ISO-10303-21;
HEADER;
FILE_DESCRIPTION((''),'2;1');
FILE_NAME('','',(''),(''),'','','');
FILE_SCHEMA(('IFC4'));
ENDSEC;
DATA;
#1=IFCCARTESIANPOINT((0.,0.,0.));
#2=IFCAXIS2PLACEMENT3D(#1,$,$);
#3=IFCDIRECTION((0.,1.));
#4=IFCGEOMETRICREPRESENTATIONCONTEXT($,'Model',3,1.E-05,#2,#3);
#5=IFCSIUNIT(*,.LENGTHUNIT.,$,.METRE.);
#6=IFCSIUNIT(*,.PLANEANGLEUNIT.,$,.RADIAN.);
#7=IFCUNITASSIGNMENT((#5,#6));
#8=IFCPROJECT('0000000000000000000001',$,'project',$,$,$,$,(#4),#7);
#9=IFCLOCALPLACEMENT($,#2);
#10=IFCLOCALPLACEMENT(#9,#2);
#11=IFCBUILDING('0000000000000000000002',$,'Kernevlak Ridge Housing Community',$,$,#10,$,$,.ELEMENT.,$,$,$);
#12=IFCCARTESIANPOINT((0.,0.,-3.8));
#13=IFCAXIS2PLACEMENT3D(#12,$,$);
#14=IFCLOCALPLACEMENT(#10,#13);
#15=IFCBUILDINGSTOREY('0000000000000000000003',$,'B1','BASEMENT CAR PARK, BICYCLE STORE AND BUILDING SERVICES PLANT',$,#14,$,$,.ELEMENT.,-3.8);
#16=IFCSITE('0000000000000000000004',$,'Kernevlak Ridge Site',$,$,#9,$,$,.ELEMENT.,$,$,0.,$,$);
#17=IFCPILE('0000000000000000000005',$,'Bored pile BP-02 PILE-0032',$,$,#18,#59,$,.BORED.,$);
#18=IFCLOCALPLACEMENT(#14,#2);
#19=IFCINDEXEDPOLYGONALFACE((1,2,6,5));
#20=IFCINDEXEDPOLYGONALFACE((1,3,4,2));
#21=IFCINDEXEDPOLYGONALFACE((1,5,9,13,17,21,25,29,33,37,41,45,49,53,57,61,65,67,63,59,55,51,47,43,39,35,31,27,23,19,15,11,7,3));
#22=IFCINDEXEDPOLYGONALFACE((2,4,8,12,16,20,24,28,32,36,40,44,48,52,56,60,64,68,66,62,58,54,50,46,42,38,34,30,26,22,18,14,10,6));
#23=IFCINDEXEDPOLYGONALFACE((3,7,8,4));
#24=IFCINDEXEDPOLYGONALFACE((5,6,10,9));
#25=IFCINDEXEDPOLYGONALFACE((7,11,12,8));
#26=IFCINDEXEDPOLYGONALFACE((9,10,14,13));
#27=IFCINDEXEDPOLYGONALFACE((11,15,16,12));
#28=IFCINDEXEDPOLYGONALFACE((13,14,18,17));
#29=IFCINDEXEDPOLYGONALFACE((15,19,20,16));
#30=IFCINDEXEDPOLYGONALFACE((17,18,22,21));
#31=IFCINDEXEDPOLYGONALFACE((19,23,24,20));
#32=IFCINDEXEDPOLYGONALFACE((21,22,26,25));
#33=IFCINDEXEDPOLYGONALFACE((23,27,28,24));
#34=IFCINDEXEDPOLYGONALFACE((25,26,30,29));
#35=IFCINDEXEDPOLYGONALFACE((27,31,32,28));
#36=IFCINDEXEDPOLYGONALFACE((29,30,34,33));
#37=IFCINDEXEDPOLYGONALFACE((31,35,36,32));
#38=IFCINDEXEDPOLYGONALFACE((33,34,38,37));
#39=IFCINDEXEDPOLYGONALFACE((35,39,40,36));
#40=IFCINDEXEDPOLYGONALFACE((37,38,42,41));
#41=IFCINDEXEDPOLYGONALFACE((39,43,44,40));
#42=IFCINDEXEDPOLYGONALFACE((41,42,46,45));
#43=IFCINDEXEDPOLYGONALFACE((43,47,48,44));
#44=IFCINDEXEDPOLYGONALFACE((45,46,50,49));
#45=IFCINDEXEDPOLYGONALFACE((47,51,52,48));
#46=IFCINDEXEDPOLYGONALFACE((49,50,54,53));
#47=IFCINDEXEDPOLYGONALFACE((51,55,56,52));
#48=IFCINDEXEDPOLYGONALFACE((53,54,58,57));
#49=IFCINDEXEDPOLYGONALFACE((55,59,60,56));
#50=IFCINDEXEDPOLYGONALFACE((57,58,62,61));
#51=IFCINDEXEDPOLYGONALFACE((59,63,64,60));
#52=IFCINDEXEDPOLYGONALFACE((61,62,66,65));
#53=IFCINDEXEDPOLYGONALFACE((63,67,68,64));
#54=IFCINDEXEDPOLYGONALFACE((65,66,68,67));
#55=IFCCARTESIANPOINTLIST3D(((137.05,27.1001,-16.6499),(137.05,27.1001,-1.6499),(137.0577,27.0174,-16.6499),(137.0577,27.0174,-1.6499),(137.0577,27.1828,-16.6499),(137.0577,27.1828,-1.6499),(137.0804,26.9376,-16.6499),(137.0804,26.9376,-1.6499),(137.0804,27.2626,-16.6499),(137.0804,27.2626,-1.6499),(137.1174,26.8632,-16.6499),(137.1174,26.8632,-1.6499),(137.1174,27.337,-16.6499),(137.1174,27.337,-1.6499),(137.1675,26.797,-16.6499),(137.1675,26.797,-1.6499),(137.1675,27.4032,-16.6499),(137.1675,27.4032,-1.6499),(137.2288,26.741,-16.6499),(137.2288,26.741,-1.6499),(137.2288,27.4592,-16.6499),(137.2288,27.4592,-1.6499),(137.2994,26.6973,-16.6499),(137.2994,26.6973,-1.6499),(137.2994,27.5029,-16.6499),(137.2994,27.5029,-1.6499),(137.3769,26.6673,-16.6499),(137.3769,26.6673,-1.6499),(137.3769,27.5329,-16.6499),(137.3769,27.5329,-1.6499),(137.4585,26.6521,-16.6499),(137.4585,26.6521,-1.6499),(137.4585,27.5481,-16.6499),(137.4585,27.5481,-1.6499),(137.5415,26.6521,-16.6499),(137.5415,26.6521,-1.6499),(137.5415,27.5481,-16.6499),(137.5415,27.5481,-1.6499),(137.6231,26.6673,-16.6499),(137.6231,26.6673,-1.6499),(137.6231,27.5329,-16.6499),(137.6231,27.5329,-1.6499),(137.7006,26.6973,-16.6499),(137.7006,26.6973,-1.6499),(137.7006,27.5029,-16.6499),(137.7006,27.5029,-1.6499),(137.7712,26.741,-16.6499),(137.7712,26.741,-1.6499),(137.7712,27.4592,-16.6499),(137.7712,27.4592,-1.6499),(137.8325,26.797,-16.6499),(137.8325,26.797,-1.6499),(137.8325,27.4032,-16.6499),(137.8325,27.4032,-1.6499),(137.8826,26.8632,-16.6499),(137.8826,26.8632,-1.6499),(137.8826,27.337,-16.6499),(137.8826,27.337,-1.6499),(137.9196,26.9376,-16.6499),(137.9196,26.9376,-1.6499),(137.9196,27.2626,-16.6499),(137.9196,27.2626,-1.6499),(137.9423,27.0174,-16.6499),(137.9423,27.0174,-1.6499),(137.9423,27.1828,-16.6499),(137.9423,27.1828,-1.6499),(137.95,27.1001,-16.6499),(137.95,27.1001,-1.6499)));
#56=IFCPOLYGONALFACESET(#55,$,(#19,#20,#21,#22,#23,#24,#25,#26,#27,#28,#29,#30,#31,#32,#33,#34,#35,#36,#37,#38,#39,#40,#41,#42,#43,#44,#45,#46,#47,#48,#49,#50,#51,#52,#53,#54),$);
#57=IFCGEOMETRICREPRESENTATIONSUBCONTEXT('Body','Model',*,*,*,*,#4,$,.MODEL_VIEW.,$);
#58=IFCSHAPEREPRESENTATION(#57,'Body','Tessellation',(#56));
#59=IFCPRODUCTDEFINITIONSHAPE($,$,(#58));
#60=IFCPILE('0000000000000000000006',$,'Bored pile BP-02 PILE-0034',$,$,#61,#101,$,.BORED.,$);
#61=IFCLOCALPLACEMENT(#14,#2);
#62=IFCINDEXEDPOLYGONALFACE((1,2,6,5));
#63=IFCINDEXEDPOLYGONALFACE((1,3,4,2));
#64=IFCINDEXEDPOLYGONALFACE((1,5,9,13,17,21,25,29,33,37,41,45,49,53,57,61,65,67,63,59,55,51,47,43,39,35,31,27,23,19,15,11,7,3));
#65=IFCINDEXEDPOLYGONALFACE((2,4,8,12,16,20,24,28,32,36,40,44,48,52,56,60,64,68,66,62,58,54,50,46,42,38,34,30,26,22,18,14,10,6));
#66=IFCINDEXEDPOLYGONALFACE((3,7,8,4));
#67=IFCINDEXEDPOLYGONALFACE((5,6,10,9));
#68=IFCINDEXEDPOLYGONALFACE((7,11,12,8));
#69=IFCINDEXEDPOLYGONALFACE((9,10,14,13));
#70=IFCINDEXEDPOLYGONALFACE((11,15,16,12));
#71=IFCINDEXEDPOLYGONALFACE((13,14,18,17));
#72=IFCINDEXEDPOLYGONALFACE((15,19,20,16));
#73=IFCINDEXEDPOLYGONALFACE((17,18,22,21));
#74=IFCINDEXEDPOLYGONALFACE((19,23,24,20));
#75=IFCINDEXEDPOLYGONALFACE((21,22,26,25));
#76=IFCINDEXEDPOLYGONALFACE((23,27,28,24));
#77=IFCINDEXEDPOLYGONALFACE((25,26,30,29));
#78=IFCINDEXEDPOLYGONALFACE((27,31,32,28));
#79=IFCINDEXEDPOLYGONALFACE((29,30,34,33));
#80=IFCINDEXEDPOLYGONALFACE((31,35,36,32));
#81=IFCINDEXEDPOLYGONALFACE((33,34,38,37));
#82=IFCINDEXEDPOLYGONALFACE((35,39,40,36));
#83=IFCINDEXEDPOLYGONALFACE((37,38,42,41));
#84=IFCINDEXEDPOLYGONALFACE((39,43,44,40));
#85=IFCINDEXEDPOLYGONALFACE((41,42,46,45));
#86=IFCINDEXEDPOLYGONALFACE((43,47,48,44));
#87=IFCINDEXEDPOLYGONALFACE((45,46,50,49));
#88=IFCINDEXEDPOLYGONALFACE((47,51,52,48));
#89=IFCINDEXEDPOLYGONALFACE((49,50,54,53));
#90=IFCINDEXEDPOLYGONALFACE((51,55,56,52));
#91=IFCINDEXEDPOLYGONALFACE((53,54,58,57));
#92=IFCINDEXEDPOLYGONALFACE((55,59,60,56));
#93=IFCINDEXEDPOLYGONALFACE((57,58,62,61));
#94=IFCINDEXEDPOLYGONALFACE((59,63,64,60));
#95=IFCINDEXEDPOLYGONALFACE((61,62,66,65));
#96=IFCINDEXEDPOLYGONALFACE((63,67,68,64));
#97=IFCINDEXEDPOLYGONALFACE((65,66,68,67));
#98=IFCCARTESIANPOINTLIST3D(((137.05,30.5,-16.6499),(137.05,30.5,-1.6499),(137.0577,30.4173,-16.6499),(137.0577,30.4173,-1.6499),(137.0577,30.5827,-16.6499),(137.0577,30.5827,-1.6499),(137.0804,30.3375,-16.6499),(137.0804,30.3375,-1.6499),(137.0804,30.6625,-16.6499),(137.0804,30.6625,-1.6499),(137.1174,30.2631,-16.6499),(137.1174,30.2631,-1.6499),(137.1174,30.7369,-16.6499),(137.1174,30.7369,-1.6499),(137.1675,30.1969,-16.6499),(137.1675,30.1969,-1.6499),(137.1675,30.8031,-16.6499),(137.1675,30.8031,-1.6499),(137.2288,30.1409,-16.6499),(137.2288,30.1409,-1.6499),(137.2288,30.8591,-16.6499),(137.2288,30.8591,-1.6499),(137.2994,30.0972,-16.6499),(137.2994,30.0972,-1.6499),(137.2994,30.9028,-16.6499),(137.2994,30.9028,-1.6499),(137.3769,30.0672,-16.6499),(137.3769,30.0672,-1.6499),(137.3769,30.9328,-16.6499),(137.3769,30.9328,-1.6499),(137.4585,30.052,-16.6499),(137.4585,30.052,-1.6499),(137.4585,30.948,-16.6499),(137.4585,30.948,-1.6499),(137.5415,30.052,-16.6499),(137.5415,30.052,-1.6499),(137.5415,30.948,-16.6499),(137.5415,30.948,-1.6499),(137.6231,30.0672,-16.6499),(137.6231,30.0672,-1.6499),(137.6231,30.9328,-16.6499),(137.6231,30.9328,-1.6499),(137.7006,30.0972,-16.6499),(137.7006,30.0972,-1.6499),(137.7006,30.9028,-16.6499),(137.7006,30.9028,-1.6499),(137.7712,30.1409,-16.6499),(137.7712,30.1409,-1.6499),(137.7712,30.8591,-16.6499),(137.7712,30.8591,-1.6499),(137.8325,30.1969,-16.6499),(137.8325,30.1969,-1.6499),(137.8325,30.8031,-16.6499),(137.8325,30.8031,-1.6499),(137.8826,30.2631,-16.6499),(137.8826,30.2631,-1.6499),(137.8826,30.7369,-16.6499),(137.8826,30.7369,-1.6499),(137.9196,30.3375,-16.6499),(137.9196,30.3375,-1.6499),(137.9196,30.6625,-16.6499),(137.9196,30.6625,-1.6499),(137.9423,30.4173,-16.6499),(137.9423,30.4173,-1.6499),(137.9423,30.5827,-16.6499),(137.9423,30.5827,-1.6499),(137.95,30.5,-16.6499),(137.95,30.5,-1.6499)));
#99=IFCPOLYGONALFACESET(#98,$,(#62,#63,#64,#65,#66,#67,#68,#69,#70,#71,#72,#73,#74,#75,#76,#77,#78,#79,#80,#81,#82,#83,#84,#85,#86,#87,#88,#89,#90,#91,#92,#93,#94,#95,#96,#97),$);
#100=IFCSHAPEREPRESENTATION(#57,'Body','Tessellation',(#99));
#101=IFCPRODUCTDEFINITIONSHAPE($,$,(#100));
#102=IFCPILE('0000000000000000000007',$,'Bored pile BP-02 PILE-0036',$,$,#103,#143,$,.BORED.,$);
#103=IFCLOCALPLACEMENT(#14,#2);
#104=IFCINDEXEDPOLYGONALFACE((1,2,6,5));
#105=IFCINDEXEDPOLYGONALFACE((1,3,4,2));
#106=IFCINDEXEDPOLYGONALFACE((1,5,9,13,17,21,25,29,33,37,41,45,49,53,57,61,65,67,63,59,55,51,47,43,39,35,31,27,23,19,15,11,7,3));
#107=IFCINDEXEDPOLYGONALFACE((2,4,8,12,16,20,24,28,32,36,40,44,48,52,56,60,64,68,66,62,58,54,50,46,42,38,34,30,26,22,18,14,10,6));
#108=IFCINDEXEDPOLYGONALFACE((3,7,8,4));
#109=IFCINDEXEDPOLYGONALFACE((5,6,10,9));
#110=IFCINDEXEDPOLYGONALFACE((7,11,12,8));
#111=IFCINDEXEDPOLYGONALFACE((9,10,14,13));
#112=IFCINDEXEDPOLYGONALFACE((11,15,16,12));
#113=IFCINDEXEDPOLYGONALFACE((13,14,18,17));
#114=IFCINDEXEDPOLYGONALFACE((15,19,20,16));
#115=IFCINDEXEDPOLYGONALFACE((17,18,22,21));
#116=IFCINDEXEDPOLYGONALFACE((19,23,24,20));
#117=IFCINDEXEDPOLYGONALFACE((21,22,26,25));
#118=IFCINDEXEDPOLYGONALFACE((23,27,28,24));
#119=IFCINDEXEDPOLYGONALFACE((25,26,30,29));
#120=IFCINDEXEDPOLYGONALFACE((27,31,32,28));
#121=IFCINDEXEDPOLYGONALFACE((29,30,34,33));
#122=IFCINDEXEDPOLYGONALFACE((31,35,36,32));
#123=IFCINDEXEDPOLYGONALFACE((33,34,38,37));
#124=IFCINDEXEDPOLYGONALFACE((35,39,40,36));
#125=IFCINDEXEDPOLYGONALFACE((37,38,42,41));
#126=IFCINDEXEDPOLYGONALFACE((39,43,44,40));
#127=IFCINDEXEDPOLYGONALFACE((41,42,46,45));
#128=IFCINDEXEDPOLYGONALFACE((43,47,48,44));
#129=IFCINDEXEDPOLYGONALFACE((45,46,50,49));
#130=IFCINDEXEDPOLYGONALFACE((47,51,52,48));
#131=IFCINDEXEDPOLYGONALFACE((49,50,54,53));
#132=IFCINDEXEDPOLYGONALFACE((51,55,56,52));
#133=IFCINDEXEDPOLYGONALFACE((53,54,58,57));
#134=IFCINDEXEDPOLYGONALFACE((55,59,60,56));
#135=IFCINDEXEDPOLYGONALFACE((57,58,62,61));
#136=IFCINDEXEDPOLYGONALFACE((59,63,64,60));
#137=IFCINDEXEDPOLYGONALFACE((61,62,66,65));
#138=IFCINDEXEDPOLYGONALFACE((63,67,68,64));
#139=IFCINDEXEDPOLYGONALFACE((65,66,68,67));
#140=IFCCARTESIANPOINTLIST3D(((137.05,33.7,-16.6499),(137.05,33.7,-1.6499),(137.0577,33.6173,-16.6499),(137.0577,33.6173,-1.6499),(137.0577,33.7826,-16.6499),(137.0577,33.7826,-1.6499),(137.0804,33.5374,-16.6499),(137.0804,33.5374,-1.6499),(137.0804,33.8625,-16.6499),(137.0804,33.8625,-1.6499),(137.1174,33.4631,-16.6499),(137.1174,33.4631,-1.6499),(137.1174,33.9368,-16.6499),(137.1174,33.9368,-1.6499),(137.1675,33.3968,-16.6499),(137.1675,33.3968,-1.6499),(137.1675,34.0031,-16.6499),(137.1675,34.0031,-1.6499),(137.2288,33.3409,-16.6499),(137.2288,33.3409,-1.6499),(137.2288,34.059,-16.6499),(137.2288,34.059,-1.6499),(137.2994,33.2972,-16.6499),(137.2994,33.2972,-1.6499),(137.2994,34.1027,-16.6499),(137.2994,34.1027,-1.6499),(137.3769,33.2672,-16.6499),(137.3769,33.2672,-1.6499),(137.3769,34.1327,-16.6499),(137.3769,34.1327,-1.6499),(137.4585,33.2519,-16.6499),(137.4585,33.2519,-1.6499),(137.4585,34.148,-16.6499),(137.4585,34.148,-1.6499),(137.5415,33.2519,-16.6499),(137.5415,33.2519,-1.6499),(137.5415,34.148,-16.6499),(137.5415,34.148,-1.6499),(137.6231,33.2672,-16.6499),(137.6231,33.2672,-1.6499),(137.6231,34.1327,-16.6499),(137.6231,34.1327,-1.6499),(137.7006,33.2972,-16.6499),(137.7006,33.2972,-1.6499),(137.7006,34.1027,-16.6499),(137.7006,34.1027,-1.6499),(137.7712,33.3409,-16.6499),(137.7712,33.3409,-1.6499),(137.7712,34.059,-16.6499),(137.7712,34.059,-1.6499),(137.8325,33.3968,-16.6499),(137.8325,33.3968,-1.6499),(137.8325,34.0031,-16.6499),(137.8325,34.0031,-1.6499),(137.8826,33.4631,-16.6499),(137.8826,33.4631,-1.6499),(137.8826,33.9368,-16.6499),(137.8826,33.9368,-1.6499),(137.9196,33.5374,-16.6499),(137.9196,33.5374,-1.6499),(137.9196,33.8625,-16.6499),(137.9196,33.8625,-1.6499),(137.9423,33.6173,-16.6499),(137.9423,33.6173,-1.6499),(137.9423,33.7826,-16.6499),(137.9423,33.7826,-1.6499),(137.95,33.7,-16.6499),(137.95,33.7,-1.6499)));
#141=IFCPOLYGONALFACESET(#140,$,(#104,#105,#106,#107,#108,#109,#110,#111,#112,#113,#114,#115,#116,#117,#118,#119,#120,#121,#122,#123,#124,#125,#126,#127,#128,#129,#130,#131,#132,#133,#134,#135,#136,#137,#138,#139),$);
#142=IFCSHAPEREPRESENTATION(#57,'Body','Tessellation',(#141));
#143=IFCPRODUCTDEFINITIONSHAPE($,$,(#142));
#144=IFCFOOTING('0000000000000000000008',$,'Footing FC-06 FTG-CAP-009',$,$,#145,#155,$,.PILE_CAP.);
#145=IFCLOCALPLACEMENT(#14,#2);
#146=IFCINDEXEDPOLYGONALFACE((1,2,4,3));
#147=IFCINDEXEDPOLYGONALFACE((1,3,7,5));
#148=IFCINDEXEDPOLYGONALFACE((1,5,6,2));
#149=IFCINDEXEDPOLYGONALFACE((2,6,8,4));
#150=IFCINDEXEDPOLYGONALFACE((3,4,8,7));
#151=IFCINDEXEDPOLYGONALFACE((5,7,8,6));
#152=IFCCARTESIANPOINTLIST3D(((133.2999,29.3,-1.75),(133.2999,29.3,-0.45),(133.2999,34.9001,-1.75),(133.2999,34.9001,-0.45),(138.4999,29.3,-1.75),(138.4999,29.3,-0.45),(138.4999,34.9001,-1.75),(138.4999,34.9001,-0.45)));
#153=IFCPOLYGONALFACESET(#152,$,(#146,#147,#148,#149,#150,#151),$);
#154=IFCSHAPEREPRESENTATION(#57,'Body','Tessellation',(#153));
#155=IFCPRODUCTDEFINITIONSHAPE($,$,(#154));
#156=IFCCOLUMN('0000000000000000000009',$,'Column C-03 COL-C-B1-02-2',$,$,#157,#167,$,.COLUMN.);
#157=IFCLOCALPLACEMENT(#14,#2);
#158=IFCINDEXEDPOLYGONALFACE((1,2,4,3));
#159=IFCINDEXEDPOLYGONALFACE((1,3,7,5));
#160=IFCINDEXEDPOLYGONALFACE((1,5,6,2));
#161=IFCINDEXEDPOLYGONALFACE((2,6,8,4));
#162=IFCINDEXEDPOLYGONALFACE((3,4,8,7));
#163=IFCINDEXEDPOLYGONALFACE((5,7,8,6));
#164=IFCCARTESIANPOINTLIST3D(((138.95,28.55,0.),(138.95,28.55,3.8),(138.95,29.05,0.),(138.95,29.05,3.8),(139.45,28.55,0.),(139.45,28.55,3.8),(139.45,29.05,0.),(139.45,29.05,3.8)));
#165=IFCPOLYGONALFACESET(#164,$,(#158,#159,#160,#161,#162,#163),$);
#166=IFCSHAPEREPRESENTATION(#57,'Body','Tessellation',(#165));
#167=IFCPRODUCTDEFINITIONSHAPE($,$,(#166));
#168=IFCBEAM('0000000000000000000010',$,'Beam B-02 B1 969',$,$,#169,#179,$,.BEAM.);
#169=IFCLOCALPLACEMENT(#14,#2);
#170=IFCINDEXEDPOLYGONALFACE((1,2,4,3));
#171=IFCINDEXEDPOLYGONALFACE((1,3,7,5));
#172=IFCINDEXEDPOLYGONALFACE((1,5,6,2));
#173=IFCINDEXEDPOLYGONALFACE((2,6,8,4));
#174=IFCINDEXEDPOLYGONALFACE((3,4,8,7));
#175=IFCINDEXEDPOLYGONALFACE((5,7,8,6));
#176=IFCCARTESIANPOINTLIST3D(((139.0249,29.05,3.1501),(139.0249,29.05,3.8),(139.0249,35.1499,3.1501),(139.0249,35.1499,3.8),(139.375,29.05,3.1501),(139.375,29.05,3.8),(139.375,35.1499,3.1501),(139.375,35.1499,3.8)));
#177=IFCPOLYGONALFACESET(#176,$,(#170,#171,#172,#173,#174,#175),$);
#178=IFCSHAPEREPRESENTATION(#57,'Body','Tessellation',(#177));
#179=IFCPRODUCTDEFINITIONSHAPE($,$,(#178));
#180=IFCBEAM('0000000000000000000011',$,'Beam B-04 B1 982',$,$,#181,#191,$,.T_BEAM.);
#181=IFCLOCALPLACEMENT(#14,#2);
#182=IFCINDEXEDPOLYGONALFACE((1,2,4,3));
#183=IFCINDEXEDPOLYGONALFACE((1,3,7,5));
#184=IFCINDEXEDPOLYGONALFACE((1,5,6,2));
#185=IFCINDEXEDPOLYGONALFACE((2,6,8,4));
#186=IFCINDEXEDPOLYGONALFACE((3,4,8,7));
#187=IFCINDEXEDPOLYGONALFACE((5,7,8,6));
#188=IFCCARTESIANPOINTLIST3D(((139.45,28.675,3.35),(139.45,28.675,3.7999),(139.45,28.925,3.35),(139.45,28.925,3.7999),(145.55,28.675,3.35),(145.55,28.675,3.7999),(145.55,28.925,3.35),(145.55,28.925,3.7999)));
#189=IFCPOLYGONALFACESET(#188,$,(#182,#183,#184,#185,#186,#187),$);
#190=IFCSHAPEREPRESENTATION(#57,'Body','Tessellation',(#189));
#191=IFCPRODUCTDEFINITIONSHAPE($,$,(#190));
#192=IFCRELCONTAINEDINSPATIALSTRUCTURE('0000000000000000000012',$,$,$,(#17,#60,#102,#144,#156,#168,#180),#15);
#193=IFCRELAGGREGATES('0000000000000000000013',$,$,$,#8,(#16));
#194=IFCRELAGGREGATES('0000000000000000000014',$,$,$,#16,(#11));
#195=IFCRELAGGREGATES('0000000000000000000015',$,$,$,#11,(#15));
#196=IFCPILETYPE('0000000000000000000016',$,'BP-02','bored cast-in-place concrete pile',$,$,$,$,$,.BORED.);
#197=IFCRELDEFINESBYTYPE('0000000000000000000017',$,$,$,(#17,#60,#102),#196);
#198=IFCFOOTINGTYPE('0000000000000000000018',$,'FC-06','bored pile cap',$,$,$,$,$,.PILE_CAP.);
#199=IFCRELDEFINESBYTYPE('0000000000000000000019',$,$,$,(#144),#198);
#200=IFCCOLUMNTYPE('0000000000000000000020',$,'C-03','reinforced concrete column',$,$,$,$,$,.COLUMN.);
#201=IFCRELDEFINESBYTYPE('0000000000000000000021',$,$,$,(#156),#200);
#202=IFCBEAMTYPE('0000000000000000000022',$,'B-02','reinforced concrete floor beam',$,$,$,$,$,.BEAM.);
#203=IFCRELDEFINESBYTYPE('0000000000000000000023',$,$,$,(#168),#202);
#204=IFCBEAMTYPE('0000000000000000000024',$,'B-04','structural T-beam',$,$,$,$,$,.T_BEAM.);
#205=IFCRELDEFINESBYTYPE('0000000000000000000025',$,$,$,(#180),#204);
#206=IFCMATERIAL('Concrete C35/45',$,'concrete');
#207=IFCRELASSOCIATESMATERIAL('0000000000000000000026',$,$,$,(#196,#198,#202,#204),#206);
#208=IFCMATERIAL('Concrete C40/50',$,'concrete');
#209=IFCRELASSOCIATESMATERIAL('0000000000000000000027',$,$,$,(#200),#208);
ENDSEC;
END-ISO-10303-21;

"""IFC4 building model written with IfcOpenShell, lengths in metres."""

from ifc_helpers import new_model, si_unit, direction, frame, origin, origin_2d, place, context, subcontext, project, spatial, rectangle, circle, extrude, material, material_profile, profile_set, type_object, element, save


model = new_model("IFC4")

# Units and contexts
model_context = context("Model", 3, precision=1e-05, world=origin(), true_north=direction((0.0, 1.0)))
body_context = subcontext(model_context, "Body", "Model", "MODEL_VIEW")
ifc_project = project(units=[si_unit("LENGTHUNIT", "METRE"), si_unit("PLANEANGLEUNIT", "RADIAN")], contexts=[model_context])

# Site, building, storey
site_placement = place(None, origin())
site = spatial("IfcSite", under=ifc_project, at=site_placement, Name="Kernevlak Ridge Site", CompositionType="ELEMENT", RefElevation=0.0)
building_placement = place(site_placement, origin())
building = spatial("IfcBuilding", under=site, at=building_placement, Name="Kernevlak Ridge Housing Community", CompositionType="ELEMENT")
storey_placement = place(building_placement, frame((0.0, 0.0, -3.8)))
storey = spatial("IfcBuildingStorey", under=building, at=storey_placement, Name="B1", Description="BASEMENT CAR PARK, BICYCLE STORE AND BUILDING SERVICES PLANT", CompositionType="ELEMENT", Elevation=-3.8)

# Piles
ifc_material_1 = material(Name="Concrete C35/45", Category="concrete")
ifc_material_profile_1 = material_profile(ifc_material_1, circle(Radius=0.45, at=origin_2d()), Name="BORED PILE 900")
ifc_profile_set_1 = profile_set([ifc_material_profile_1], Name="Concrete C35/45")
pile_type = type_object("IfcPileType", Name="BP-02", Description="bored cast-in-place concrete pile", PredefinedType="BORED", material=ifc_profile_set_1)
for number, where, z_axis, x_axis, name in (
    (1, (137.5, 27.1001, -1.6499), (0.0, 0.0, -1.0), (1.0, 0.0, 0.0), "Bored pile BP-02 PILE-0032"),
    (2, (137.5, 30.5, -1.6499), (0.0, 0.0, -1.0), (1.0, 0.0, 0.0), "Bored pile BP-02 PILE-0034"),
    (3, (137.5, 33.7, -1.6499), (0.0, 0.0, -1.0), (1.0, 0.0, 0.0), "Bored pile BP-02 PILE-0036"),
):
    element("IfcPile", number, at=place(storey_placement, frame(where, z_axis=z_axis, x_axis=x_axis)), inside=storey, type_object=pile_type, Name=name, PredefinedType="BORED", context=body_context, shape_type="SweptSolid", body=[
        extrude(circle(Radius=0.45, at=origin_2d()), origin(), (0.0, 0.0, 1.0), 15.0),
    ])

# Footing
footing_type = type_object("IfcFootingType", Name="FC-06", Description="bored pile cap", PredefinedType="PILE_CAP", material=ifc_material_1)
footing_placement = place(storey_placement, frame((135.8999, 32.1001, -1.75), z_axis=(0.0, 0.0, 1.0), x_axis=(1.0, 0.0, 0.0)))
element("IfcFooting", 4, at=footing_placement, inside=storey, type_object=footing_type, Name="Footing FC-06 FTG-CAP-009", PredefinedType="PILE_CAP", context=body_context, shape_type="SweptSolid", body=[
    extrude(rectangle(XDim=5.2, YDim=5.6001, at=origin_2d()), origin(), (0.0, 0.0, 1.0), 1.3),
])

# Column
ifc_material_2 = material(Name="Concrete C40/50", Category="concrete")
ifc_material_profile_2 = material_profile(ifc_material_2, rectangle(XDim=0.5, YDim=0.5, at=origin_2d()), Name="RC 500x500")
ifc_profile_set_2 = profile_set([ifc_material_profile_2], Name="Concrete C40/50")
column_type = type_object("IfcColumnType", Name="C-03", Description="reinforced concrete column", PredefinedType="COLUMN", material=ifc_profile_set_2)
column_placement = place(storey_placement, frame((139.2, 28.8, 0.0), z_axis=(0.0, 0.0, 1.0), x_axis=(1.0, 0.0, 0.0)))
element("IfcColumn", 5, at=column_placement, inside=storey, type_object=column_type, Name="Column C-03 COL-C-B1-02-2", PredefinedType="COLUMN", context=body_context, shape_type="SweptSolid", body=[
    extrude(rectangle(XDim=0.5, YDim=0.5, at=origin_2d()), origin(), (0.0, 0.0, 1.0), 3.8),
])

# Beams
ifc_material_profile_3 = material_profile(ifc_material_1, rectangle(XDim=0.3501, YDim=0.6499, at=origin_2d()), Name="RC 350x650")
ifc_profile_set_3 = profile_set([ifc_material_profile_3], Name="Concrete C35/45")
beam_type_1 = type_object("IfcBeamType", Name="B-02", Description="reinforced concrete floor beam", PredefinedType="BEAM", material=ifc_profile_set_3)
beam_1_placement = place(storey_placement, frame((139.2, 29.05, 3.4751), z_axis=(0.0, 1.0, 0.0), x_axis=(-1.0, 0.0, 0.0)))
element("IfcBeam", 6, at=beam_1_placement, inside=storey, type_object=beam_type_1, Name="Beam B-02 B1 969", PredefinedType="BEAM", context=body_context, shape_type="SweptSolid", body=[
    extrude(rectangle(XDim=0.3501, YDim=0.6499, at=origin_2d()), origin(), (0.0, 0.0, 1.0), 6.0999),
])
ifc_material_profile_4 = material_profile(ifc_material_1, rectangle(XDim=0.25, YDim=0.45, at=origin_2d()), Name="RC 250x450")
ifc_profile_set_4 = profile_set([ifc_material_profile_4], Name="Concrete C35/45")
beam_type_2 = type_object("IfcBeamType", Name="B-04", Description="structural T-beam", PredefinedType="T_BEAM", material=ifc_profile_set_4)
beam_2_placement = place(storey_placement, frame((139.45, 28.8, 3.575), z_axis=(1.0, 0.0, 0.0), x_axis=(0.0, 1.0, 0.0)))
element("IfcBeam", 7, at=beam_2_placement, inside=storey, type_object=beam_type_2, Name="Beam B-04 B1 982", PredefinedType="T_BEAM", context=body_context, shape_type="SweptSolid", body=[
    extrude(rectangle(XDim=0.25, YDim=0.45, at=origin_2d()), origin(), (0.0, 0.0, 1.0), 6.1001),
])

save(model, "model.ifc")
